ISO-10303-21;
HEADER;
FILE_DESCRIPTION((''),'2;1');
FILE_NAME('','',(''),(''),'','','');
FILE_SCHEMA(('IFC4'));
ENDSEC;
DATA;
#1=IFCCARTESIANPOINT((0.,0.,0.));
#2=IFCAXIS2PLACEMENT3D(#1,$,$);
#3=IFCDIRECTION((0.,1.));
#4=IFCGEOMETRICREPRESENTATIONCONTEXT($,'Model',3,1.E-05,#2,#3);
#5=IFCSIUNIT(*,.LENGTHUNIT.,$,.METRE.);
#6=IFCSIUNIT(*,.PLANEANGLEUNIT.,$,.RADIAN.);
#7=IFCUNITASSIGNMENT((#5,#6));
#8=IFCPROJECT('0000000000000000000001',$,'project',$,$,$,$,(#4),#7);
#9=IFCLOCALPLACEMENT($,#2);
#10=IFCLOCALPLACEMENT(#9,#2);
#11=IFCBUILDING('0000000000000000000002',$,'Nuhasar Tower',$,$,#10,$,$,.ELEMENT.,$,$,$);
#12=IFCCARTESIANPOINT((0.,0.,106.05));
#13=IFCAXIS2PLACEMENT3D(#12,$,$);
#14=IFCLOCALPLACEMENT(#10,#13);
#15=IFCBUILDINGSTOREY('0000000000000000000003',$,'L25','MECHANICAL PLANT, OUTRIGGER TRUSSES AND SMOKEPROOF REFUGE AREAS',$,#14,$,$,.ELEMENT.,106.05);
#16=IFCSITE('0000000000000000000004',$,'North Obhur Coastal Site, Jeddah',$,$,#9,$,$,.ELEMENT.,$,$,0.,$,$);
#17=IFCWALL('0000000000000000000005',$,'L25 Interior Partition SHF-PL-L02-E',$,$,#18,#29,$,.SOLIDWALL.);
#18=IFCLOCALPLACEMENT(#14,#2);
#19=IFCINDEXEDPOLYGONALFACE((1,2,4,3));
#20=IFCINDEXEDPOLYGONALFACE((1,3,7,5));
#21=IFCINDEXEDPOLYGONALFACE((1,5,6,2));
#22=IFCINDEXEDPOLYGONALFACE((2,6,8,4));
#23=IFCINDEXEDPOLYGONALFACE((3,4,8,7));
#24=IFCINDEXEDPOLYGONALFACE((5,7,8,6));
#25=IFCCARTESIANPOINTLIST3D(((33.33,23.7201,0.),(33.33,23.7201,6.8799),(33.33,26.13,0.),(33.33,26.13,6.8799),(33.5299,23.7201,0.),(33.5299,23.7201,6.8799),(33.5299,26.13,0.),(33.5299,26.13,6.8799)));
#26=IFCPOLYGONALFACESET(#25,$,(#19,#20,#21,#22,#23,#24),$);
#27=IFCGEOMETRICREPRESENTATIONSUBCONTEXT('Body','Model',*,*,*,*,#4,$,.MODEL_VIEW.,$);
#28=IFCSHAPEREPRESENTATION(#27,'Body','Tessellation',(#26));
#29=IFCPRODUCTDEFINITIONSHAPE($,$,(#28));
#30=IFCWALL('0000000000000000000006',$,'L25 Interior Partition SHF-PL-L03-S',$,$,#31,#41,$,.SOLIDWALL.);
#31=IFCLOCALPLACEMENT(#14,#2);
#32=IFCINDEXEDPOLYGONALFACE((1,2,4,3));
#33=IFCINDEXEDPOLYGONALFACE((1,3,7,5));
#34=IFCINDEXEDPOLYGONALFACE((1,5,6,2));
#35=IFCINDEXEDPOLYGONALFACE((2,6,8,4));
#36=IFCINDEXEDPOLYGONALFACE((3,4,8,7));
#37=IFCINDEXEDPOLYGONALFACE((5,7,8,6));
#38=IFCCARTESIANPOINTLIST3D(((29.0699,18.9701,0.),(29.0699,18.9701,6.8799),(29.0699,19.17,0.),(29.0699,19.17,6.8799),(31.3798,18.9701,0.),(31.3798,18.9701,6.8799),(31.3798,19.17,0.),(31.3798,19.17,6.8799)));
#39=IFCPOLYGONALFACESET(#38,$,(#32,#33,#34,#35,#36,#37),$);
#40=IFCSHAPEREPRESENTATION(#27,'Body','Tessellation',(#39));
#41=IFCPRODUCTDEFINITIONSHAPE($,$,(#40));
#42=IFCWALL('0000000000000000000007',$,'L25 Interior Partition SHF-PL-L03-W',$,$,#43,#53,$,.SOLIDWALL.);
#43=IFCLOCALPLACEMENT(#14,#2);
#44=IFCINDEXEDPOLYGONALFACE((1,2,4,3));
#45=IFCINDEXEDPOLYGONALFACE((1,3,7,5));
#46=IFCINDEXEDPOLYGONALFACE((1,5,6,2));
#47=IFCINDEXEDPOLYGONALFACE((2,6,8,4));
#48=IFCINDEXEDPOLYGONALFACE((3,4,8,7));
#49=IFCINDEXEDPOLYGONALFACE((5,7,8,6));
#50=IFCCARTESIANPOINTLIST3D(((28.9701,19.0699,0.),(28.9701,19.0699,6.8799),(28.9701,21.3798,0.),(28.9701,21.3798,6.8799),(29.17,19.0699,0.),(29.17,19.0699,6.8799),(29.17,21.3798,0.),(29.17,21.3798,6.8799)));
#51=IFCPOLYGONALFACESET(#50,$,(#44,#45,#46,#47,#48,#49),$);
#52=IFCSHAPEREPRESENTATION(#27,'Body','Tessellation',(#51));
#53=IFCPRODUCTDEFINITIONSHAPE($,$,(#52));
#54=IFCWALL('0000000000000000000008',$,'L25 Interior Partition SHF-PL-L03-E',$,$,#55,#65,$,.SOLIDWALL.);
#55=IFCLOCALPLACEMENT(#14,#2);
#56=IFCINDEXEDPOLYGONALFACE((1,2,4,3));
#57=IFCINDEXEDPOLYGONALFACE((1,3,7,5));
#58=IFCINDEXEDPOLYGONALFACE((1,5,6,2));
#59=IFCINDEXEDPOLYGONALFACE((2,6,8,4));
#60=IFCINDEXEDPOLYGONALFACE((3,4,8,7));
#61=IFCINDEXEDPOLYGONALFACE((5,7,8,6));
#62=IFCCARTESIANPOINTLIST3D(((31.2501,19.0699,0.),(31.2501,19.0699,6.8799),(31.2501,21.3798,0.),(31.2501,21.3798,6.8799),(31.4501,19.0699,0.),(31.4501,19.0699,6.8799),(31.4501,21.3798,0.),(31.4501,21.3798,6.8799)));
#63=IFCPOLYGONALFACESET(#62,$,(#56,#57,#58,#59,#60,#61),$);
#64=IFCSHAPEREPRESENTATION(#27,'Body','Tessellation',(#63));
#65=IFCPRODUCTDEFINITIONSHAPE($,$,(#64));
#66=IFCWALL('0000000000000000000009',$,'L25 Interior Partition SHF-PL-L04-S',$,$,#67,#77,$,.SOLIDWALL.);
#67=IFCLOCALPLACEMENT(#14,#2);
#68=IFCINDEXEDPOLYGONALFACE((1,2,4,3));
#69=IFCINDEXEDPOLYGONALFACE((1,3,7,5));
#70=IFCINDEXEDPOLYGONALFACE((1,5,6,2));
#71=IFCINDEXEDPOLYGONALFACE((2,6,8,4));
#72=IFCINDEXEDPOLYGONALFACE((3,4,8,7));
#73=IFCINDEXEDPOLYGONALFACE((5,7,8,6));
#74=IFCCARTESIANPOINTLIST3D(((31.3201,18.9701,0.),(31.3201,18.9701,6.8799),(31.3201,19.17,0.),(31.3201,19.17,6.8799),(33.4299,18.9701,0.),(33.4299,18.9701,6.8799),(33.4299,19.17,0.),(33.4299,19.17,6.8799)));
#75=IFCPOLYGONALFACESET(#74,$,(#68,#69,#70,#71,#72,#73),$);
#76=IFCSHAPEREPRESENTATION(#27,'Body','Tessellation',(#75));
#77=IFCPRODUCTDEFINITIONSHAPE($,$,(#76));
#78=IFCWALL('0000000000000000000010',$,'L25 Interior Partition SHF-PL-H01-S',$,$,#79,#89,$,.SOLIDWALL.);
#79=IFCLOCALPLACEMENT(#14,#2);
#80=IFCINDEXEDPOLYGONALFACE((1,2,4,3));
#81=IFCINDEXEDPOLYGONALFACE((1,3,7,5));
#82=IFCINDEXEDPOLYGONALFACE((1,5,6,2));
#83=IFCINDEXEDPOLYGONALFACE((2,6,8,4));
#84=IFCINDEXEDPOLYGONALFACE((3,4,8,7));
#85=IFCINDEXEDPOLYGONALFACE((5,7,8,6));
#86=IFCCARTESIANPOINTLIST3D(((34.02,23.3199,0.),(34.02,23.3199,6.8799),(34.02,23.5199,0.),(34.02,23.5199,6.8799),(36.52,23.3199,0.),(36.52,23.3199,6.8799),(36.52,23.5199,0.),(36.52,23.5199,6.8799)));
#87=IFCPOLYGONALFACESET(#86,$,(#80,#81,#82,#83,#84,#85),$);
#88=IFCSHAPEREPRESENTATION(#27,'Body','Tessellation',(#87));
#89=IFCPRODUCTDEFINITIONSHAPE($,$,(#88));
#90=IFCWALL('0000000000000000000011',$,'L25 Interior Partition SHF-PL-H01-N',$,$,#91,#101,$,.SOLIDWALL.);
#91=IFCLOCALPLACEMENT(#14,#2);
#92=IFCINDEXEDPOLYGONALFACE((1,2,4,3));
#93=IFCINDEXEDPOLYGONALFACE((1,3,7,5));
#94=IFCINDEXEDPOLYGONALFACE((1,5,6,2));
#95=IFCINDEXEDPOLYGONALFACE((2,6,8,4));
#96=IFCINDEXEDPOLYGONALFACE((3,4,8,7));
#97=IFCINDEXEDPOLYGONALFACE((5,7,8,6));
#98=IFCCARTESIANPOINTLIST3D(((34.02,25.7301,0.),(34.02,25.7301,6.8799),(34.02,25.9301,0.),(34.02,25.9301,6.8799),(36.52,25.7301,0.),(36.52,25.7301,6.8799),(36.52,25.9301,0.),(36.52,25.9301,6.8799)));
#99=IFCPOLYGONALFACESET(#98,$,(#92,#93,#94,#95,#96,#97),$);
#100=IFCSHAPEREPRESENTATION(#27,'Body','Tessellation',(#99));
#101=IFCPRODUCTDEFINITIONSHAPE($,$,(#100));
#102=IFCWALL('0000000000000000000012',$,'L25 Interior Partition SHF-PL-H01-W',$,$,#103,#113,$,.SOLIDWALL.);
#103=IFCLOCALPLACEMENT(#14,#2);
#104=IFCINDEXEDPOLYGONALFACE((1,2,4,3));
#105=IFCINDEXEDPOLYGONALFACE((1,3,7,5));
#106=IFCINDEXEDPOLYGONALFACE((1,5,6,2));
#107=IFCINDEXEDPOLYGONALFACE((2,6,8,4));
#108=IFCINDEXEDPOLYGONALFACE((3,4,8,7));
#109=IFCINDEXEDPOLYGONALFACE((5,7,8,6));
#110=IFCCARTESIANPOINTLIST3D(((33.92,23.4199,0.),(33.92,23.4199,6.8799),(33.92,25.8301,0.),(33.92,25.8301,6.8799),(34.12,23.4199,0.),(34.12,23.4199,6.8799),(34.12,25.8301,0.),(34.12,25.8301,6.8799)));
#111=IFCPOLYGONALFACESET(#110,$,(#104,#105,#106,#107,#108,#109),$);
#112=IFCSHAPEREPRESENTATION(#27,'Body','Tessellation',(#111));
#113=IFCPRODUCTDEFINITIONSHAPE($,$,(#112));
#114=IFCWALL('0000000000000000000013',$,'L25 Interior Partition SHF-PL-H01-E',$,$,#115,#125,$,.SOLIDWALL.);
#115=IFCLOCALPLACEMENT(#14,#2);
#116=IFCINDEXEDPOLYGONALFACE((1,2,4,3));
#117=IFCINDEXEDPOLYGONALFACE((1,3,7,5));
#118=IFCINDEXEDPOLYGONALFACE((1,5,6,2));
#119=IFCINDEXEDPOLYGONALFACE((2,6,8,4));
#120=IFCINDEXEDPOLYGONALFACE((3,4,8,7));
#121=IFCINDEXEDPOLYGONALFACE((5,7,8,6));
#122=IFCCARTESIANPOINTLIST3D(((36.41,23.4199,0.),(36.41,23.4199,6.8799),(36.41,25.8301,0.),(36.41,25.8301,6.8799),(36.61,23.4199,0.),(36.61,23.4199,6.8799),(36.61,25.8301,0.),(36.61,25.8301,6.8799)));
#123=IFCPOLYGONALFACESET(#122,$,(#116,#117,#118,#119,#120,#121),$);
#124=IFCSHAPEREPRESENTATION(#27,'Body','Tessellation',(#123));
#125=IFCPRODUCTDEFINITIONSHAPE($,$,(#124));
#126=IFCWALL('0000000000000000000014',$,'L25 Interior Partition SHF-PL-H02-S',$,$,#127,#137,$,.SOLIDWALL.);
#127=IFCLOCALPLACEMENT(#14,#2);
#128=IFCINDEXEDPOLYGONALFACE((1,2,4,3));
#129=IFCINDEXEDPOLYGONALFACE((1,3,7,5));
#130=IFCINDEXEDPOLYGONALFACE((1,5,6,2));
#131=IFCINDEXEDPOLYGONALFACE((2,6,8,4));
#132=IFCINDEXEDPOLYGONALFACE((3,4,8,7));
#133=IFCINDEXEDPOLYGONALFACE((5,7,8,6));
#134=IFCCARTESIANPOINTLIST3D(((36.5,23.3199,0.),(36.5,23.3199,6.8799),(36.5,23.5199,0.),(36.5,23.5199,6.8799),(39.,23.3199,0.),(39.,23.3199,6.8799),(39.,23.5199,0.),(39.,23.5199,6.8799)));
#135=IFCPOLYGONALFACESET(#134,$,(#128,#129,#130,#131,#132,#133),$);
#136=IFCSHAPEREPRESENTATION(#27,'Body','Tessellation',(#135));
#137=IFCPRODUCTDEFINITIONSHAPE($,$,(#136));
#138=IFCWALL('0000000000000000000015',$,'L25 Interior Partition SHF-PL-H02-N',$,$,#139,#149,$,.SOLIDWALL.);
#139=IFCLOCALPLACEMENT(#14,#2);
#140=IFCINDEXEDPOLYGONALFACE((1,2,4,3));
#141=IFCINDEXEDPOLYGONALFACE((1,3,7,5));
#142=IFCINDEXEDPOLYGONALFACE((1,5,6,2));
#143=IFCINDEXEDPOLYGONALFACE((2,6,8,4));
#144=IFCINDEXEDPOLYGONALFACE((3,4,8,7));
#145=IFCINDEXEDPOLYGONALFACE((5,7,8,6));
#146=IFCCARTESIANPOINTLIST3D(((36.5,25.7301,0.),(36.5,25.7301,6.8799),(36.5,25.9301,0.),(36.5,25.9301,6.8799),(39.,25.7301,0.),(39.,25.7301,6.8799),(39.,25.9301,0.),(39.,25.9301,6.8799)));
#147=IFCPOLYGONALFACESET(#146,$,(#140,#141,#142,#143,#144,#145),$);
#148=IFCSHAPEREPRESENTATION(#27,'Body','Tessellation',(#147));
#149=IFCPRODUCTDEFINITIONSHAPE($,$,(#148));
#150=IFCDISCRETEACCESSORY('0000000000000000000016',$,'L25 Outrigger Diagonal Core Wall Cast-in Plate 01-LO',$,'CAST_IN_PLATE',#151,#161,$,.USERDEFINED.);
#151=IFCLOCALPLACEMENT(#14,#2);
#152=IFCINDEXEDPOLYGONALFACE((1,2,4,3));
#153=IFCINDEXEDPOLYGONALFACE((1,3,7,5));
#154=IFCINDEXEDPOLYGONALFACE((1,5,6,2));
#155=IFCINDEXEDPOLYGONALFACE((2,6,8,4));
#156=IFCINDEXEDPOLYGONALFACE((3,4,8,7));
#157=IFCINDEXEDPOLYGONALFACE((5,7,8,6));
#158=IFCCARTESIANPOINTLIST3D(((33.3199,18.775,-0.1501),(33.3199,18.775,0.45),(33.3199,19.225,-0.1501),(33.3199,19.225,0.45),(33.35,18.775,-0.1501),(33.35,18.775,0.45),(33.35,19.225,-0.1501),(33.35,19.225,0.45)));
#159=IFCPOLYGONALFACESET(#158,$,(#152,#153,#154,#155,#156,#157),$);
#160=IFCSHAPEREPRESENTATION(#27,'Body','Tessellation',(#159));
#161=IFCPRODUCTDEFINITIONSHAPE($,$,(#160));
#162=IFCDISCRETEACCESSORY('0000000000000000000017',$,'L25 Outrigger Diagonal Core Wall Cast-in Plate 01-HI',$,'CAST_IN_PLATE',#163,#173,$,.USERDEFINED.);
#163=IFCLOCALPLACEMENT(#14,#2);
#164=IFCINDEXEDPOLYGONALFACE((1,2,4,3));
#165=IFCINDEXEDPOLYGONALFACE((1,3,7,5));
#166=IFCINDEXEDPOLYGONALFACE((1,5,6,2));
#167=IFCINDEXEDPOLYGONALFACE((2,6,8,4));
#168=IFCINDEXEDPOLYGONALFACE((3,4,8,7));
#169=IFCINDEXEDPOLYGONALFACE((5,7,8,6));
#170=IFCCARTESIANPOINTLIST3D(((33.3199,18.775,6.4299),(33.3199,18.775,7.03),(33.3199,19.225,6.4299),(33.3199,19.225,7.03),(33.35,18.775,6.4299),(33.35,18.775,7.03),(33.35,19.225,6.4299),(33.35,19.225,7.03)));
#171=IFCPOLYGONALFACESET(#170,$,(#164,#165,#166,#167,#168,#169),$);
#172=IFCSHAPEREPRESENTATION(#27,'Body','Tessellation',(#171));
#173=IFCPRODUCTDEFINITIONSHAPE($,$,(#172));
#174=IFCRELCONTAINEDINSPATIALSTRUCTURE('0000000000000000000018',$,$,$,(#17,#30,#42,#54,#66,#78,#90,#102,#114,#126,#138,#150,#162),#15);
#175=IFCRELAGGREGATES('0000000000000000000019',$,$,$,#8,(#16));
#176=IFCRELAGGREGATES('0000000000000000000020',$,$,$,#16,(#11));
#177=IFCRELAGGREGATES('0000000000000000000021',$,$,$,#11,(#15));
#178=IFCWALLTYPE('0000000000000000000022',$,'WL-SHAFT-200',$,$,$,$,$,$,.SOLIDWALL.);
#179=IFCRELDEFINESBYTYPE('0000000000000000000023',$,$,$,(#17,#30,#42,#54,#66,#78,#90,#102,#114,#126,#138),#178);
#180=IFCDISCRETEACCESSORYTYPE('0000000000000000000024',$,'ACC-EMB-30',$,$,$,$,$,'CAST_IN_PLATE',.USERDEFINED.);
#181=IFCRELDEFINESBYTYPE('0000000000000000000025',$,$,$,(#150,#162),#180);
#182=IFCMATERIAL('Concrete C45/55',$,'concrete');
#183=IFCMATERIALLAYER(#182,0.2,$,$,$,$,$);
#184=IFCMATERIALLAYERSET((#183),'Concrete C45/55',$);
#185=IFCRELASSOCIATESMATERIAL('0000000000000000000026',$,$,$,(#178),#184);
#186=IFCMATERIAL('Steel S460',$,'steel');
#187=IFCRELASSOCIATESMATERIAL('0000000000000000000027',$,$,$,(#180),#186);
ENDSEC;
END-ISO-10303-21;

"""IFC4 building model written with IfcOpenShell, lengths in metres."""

from ifc_helpers import new_model, si_unit, direction, frame, frame_2d, origin, origin_2d, place, context, subcontext, project, spatial, rectangle, extrude, material, layer, layer_set, type_object, element, save


model = new_model("IFC4")

# Units and contexts
model_context = context("Model", 3, precision=1e-05, world=origin(), true_north=direction((0.0, 1.0)))
body_context = subcontext(model_context, "Body", "Model", "MODEL_VIEW")
ifc_project = project(units=[si_unit("LENGTHUNIT", "METRE"), si_unit("PLANEANGLEUNIT", "RADIAN")], contexts=[model_context])

# Site, building, storey
site_placement = place(None, origin())
site = spatial("IfcSite", under=ifc_project, at=site_placement, Name="North Obhur Coastal Site, Jeddah", CompositionType="ELEMENT", RefElevation=0.0)
building_placement = place(site_placement, origin())
building = spatial("IfcBuilding", under=site, at=building_placement, Name="Nuhasar Tower", CompositionType="ELEMENT")
storey_placement = place(building_placement, frame((0.0, 0.0, 106.05)))
storey = spatial("IfcBuildingStorey", under=building, at=storey_placement, Name="L25", Description="MECHANICAL PLANT, OUTRIGGER TRUSSES AND SMOKEPROOF REFUGE AREAS", CompositionType="ELEMENT", Elevation=106.05)

# Shared definitions
ifc_material_1 = material(Name="Steel S460", Category="steel")

# Shared definitions
ifc_material_2 = material(Name="Concrete C45/55", Category="concrete")
ifc_layer_1 = layer(ifc_material_2, 0.2)
ifc_layer_set_1 = layer_set([ifc_layer_1], Name="Concrete C45/55")
wall_type_1 = type_object("IfcWallType", Name="WL-SHAFT-200", PredefinedType="SOLIDWALL", material=ifc_layer_set_1)

# Walls
wall_1_placement = place(storey_placement, frame((33.4299, 23.72, 0.0), z_axis=(0.0, 0.0, 1.0), x_axis=(0.0, 1.0, 0.0)))
element("IfcWall", 1, at=wall_1_placement, inside=storey, type_object=wall_type_1, Name="L25 Interior Partition SHF-PL-L02-E", PredefinedType="SOLIDWALL", context=body_context, shape_type="SweptSolid", body=[
    extrude(rectangle(XDim=2.4099, YDim=0.2, at=frame_2d((1.2051, 0.0))), origin(), (0.0, 0.0, 1.0), 6.8799),
])
wall_2_placement = place(storey_placement, frame((29.0701, 19.0701, 0.0), z_axis=(0.0, 0.0, 1.0), x_axis=(1.0, 0.0, 0.0)))
element("IfcWall", 2, at=wall_2_placement, inside=storey, type_object=wall_type_1, Name="L25 Interior Partition SHF-PL-L03-S", PredefinedType="SOLIDWALL", context=body_context, shape_type="SweptSolid", body=[
    extrude(rectangle(XDim=2.3098, YDim=0.2, at=frame_2d((1.1548, 0.0))), origin(), (0.0, 0.0, 1.0), 6.8799),
])

# Walls
for number, where, z_axis, x_axis, name in (
    (3, (29.0701, 19.0701, 0.0), (0.0, 0.0, 1.0), (0.0, 1.0, 0.0), "L25 Interior Partition SHF-PL-L03-W"),
    (4, (31.3501, 19.0701, 0.0), (0.0, 0.0, 1.0), (0.0, 1.0, 0.0), "L25 Interior Partition SHF-PL-L03-E"),
):
    element("IfcWall", number, at=place(storey_placement, frame(where, z_axis=z_axis, x_axis=x_axis)), inside=storey, type_object=wall_type_1, Name=name, PredefinedType="SOLIDWALL", context=body_context, shape_type="SweptSolid", body=[
        extrude(rectangle(XDim=2.3098, YDim=0.2, at=frame_2d((1.1548, 0.0))), origin(), (0.0, 0.0, 1.0), 6.8799),
    ])
wall_3_placement = place(storey_placement, frame((31.3201, 19.0701, 0.0), z_axis=(0.0, 0.0, 1.0), x_axis=(1.0, 0.0, 0.0)))
element("IfcWall", 5, at=wall_3_placement, inside=storey, type_object=wall_type_1, Name="L25 Interior Partition SHF-PL-L04-S", PredefinedType="SOLIDWALL", context=body_context, shape_type="SweptSolid", body=[
    extrude(rectangle(XDim=2.1099, YDim=0.2, at=frame_2d((1.0549, 0.0))), origin(), (0.0, 0.0, 1.0), 6.8799),
])

# Walls
for number, where, z_axis, x_axis, name in (
    (6, (34.02, 23.4199, 0.0), (0.0, 0.0, 1.0), (1.0, 0.0, 0.0), "L25 Interior Partition SHF-PL-H01-S"),
    (7, (34.02, 25.8301, 0.0), (0.0, 0.0, 1.0), (1.0, 0.0, 0.0), "L25 Interior Partition SHF-PL-H01-N"),
):
    element("IfcWall", number, at=place(storey_placement, frame(where, z_axis=z_axis, x_axis=x_axis)), inside=storey, type_object=wall_type_1, Name=name, PredefinedType="SOLIDWALL", context=body_context, shape_type="SweptSolid", body=[
        extrude(rectangle(XDim=2.5, YDim=0.2, at=frame_2d((1.25, 0.0))), origin(), (0.0, 0.0, 1.0), 6.8799),
    ])
for number, where, z_axis, x_axis, name in (
    (8, (34.02, 23.4199, 0.0), (0.0, 0.0, 1.0), (0.0, 1.0, 0.0), "L25 Interior Partition SHF-PL-H01-W"),
    (9, (36.51, 23.4199, 0.0), (0.0, 0.0, 1.0), (0.0, 1.0, 0.0), "L25 Interior Partition SHF-PL-H01-E"),
):
    element("IfcWall", number, at=place(storey_placement, frame(where, z_axis=z_axis, x_axis=x_axis)), inside=storey, type_object=wall_type_1, Name=name, PredefinedType="SOLIDWALL", context=body_context, shape_type="SweptSolid", body=[
        extrude(rectangle(XDim=2.4102, YDim=0.2, at=frame_2d((1.2051, 0.0))), origin(), (0.0, 0.0, 1.0), 6.8799),
    ])
for number, where, z_axis, x_axis, name in (
    (10, (36.5, 23.4199, 0.0), (0.0, 0.0, 1.0), (1.0, 0.0, 0.0), "L25 Interior Partition SHF-PL-H02-S"),
    (11, (36.5, 25.8301, 0.0), (0.0, 0.0, 1.0), (1.0, 0.0, 0.0), "L25 Interior Partition SHF-PL-H02-N"),
):
    element("IfcWall", number, at=place(storey_placement, frame(where, z_axis=z_axis, x_axis=x_axis)), inside=storey, type_object=wall_type_1, Name=name, PredefinedType="SOLIDWALL", context=body_context, shape_type="SweptSolid", body=[
        extrude(rectangle(XDim=2.5, YDim=0.2, at=frame_2d((1.25, 0.0))), origin(), (0.0, 0.0, 1.0), 6.8799),
    ])

# Discrete accessories
discrete_accessory_type = type_object("IfcDiscreteAccessoryType", Name="ACC-EMB-30", ElementType="CAST_IN_PLATE", PredefinedType="USERDEFINED", material=ifc_material_1)
for number, where, z_axis, x_axis, name in (
    (12, (33.335, 19.0, -0.1501), (0.0, 0.0, 1.0), (1.0, 0.0, 0.0), "L25 Outrigger Diagonal Core Wall Cast-in Plate 01-LO"),
    (13, (33.335, 19.0, 6.4299), (0.0, 0.0, 1.0), (1.0, 0.0, 0.0), "L25 Outrigger Diagonal Core Wall Cast-in Plate 01-HI"),
):
    element("IfcDiscreteAccessory", number, at=place(storey_placement, frame(where, z_axis=z_axis, x_axis=x_axis)), inside=storey, type_object=discrete_accessory_type, Name=name, ObjectType="CAST_IN_PLATE", PredefinedType="USERDEFINED", context=body_context, shape_type="SweptSolid", body=[
        extrude(rectangle(XDim=0.03, YDim=0.45, at=origin_2d()), origin(), (0.0, 0.0, 1.0), 0.6001),
    ])

save(model, "model.ifc")
